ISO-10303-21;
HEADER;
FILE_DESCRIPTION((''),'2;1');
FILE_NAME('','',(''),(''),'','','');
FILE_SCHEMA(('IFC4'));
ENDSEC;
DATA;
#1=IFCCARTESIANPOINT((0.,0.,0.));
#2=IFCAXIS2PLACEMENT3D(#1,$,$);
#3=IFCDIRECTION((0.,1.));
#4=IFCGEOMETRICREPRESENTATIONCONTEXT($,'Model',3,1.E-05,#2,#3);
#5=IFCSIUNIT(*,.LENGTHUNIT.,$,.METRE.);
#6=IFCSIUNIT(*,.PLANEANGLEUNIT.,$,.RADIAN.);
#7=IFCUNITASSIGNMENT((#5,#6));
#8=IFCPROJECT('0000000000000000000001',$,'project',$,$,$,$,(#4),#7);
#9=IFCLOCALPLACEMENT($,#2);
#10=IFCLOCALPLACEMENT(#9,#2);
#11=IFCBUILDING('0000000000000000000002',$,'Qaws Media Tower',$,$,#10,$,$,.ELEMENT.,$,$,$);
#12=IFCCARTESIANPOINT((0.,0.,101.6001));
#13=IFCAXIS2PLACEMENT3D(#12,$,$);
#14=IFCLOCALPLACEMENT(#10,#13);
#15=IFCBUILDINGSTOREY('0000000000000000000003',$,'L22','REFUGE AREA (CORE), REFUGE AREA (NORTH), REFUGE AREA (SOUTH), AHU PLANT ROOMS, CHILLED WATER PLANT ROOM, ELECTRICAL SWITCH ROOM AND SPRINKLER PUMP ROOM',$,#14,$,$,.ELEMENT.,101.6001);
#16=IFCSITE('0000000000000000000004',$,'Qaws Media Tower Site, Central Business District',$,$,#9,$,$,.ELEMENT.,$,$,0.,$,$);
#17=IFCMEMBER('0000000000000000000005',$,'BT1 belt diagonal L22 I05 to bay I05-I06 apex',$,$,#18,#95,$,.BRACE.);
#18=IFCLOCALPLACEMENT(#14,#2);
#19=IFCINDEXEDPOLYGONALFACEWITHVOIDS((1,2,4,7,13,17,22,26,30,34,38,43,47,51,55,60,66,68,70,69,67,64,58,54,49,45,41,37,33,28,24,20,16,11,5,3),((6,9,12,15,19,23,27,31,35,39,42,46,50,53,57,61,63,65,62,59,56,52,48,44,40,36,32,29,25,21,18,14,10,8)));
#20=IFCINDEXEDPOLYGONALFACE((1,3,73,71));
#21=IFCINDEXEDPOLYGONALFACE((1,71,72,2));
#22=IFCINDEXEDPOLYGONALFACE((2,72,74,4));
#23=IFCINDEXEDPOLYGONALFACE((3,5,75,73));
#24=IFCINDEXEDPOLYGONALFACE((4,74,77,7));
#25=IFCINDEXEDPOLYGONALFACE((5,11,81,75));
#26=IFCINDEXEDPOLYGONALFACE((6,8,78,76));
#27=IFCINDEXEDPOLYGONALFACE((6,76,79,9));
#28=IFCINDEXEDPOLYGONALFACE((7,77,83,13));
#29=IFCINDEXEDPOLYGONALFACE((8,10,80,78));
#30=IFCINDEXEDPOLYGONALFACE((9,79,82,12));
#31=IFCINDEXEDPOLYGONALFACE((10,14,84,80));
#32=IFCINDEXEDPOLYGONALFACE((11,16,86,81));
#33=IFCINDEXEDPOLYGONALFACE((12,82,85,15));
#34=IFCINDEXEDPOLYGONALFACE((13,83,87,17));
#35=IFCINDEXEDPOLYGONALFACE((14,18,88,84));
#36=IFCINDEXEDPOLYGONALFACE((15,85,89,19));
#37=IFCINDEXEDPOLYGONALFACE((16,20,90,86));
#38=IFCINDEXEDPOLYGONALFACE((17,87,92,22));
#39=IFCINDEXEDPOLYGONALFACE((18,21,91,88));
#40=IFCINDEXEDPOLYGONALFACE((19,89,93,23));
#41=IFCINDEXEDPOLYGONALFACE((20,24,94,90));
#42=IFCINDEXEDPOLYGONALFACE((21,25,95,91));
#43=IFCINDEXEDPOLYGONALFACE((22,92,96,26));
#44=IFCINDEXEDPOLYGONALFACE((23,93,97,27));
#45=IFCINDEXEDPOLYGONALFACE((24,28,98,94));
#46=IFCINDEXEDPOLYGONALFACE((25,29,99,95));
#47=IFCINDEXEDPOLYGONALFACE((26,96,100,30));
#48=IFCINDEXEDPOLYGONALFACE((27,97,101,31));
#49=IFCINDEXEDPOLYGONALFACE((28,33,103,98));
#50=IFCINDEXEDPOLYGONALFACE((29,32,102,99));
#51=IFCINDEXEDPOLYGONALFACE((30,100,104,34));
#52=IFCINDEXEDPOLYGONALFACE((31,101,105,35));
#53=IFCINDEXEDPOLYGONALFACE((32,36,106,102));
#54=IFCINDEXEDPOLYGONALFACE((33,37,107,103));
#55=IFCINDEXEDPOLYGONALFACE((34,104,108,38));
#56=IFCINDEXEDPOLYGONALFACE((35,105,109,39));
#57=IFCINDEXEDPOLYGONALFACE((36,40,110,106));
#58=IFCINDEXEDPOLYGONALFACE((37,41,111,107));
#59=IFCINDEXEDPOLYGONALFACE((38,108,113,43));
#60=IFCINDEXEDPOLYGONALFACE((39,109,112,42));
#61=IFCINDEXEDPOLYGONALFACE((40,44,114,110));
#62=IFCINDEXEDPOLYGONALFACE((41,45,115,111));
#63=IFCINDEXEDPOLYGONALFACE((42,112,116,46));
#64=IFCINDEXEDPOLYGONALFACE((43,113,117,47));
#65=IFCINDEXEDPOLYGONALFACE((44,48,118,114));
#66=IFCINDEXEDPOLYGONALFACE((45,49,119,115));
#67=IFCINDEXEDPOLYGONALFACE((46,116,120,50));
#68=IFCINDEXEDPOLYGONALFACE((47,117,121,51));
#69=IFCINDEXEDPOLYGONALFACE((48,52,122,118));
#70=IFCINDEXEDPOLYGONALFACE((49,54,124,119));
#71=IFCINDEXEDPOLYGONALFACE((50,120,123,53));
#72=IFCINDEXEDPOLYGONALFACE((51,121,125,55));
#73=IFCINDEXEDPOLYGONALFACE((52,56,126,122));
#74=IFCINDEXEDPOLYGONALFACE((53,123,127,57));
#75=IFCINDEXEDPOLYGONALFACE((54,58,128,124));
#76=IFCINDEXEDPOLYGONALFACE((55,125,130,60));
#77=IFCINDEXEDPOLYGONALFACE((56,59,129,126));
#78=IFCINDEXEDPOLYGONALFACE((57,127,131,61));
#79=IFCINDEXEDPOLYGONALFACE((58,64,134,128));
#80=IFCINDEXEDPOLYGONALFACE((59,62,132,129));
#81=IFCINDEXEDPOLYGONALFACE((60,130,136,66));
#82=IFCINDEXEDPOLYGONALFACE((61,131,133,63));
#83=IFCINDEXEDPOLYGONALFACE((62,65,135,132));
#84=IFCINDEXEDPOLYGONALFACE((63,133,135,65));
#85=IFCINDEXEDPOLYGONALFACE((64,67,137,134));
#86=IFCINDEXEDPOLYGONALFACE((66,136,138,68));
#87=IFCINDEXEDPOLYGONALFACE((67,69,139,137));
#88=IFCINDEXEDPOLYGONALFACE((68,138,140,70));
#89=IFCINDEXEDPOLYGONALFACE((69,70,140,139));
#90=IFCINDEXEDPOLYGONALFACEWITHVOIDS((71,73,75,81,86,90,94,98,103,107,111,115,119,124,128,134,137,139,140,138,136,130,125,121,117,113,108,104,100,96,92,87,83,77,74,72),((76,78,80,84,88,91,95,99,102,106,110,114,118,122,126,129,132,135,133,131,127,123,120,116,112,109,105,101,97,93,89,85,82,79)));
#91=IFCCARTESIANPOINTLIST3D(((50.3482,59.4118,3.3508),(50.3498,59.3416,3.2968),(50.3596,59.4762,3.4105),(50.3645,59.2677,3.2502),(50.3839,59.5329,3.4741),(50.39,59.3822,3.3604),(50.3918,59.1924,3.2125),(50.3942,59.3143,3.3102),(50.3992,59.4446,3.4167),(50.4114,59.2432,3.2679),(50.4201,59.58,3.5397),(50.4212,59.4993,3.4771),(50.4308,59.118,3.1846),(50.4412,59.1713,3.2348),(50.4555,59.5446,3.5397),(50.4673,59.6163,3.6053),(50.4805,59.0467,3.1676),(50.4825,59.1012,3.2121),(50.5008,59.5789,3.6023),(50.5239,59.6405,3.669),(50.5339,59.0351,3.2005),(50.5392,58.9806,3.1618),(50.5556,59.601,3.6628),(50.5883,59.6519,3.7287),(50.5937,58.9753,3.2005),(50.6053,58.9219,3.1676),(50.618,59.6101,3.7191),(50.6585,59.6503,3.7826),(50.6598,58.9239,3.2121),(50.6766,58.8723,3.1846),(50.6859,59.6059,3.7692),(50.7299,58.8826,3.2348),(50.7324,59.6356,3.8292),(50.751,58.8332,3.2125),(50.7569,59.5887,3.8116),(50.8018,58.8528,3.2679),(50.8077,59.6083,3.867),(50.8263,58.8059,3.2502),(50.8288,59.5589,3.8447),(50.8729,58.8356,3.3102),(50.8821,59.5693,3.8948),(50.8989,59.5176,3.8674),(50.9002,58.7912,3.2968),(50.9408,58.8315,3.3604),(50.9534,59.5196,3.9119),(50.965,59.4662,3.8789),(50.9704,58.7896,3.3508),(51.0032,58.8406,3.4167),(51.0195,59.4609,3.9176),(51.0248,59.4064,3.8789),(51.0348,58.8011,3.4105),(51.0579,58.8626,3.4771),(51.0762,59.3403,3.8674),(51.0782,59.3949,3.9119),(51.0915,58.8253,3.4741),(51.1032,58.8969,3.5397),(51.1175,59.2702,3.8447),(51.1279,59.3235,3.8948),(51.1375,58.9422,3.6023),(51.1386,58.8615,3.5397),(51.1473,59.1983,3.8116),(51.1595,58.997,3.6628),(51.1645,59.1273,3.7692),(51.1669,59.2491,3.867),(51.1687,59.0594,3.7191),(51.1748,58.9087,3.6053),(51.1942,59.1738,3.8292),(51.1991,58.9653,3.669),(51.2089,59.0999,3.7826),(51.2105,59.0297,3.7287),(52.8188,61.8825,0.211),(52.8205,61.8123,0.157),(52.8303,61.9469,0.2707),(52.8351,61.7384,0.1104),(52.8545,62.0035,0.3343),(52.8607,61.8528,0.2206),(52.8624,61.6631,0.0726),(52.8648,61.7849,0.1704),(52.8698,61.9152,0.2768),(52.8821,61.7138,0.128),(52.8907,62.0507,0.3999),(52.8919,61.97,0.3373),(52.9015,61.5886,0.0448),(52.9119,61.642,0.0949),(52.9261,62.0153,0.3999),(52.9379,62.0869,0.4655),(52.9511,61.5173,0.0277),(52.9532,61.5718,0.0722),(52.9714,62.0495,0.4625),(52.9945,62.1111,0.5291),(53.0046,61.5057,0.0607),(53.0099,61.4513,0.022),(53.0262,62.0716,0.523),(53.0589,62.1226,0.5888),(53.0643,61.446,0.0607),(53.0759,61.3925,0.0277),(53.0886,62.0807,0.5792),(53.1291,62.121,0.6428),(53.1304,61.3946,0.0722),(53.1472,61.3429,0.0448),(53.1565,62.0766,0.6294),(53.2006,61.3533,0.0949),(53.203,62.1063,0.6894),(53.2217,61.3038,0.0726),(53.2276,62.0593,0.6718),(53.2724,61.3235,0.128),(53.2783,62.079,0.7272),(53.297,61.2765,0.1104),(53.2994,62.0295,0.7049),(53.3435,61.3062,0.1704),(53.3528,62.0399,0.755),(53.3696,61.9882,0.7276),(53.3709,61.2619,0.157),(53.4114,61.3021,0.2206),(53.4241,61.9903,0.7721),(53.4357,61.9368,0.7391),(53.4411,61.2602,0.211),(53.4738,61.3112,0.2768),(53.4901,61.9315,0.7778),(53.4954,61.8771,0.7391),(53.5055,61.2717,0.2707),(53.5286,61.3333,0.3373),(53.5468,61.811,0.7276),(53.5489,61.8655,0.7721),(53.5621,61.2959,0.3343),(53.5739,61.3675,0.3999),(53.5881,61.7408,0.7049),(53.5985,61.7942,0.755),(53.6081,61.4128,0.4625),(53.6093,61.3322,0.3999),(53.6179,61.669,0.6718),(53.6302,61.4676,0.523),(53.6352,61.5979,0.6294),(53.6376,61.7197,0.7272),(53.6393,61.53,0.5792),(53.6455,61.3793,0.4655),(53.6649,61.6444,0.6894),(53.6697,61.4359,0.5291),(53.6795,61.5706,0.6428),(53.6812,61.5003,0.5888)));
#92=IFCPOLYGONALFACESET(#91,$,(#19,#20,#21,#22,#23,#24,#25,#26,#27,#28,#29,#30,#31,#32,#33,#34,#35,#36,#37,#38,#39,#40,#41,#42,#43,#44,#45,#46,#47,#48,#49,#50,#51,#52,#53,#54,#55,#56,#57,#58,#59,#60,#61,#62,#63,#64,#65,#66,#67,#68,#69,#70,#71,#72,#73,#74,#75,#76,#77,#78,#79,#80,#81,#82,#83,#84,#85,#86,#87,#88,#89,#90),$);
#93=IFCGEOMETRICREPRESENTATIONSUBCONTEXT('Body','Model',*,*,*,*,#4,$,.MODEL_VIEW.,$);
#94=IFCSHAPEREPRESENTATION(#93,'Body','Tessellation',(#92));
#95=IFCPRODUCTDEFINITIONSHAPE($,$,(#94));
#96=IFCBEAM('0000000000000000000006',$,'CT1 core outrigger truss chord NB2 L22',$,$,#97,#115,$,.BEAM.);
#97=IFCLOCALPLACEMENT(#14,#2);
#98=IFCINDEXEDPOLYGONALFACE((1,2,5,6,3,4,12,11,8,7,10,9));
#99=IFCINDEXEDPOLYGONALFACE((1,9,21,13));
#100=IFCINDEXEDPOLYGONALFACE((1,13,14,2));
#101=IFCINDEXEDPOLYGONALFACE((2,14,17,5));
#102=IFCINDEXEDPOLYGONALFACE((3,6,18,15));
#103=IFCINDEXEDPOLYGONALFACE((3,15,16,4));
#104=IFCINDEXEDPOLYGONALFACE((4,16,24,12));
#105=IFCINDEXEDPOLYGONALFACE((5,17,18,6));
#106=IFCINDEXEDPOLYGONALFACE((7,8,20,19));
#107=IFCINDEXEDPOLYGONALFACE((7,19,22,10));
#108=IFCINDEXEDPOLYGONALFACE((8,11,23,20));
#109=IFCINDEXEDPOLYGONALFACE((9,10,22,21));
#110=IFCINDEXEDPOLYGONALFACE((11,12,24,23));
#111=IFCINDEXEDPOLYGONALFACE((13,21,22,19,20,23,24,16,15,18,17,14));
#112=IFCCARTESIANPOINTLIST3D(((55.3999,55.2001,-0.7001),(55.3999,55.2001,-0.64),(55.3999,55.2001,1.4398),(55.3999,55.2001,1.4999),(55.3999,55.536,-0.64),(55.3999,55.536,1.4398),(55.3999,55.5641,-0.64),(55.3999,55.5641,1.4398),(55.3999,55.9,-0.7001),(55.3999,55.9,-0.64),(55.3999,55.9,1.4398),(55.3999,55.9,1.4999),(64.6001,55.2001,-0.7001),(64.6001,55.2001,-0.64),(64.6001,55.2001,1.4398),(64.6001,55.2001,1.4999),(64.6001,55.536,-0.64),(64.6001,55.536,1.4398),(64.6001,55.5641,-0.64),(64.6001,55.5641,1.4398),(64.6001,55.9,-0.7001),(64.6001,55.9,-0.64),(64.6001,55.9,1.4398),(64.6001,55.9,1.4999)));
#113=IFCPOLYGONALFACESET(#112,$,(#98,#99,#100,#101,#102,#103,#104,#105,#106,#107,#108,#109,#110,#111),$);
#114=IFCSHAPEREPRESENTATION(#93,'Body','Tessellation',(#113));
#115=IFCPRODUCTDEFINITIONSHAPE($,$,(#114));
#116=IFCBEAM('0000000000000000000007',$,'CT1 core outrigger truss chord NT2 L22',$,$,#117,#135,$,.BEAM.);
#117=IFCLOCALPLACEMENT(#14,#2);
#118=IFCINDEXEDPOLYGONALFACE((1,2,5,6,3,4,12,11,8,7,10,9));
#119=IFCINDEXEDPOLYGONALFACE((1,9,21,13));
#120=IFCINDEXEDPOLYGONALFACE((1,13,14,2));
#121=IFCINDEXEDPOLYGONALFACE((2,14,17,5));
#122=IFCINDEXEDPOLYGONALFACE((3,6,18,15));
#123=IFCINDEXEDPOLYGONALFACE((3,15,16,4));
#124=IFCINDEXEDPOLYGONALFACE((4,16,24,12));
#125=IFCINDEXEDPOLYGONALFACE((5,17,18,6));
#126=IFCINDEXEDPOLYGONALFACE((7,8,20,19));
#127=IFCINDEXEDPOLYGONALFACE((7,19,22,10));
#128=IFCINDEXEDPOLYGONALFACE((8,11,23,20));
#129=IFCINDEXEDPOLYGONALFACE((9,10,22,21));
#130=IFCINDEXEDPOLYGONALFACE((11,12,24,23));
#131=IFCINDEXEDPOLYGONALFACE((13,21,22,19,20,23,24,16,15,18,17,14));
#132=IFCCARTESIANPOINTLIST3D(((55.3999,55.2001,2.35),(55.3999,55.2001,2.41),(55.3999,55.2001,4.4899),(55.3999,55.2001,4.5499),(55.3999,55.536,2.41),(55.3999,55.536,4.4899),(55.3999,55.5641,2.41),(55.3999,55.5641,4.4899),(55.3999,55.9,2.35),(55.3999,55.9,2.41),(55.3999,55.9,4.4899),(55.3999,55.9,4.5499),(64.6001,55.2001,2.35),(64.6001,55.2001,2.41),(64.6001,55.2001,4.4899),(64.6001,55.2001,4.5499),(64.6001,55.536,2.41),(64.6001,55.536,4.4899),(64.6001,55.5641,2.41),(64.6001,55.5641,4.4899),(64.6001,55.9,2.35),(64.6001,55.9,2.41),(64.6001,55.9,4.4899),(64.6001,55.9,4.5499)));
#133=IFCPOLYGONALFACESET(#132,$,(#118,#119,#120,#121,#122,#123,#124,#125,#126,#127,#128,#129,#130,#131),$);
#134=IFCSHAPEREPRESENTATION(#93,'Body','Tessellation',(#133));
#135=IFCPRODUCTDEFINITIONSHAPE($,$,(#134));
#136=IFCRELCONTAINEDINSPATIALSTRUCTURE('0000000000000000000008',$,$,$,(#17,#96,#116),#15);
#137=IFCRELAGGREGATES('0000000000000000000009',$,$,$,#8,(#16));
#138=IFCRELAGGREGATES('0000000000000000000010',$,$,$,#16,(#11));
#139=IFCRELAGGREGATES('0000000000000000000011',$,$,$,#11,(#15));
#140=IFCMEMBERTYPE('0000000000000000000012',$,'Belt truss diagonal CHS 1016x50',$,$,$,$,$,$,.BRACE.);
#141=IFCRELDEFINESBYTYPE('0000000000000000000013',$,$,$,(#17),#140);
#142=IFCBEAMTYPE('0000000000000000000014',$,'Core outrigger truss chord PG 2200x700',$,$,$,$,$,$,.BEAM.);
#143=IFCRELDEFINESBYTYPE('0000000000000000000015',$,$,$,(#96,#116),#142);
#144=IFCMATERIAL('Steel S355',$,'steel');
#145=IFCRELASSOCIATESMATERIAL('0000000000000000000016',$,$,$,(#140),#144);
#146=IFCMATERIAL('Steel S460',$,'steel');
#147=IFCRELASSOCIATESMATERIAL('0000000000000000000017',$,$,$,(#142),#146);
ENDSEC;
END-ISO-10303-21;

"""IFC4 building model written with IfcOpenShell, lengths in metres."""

from ifc_helpers import new_model, si_unit, direction, frame, origin, origin_2d, place, context, subcontext, project, spatial, hollow_circle, i_section, extrude, material, material_profile, profile_set, type_object, element, save


model = new_model("IFC4")

# Units and contexts
model_context = context("Model", 3, precision=1e-05, world=origin(), true_north=direction((0.0, 1.0)))
body_context = subcontext(model_context, "Body", "Model", "MODEL_VIEW")
ifc_project = project(units=[si_unit("LENGTHUNIT", "METRE"), si_unit("PLANEANGLEUNIT", "RADIAN")], contexts=[model_context])

# Site, building, storey
site_placement = place(None, origin())
site = spatial("IfcSite", under=ifc_project, at=site_placement, Name="Qaws Media Tower Site, Central Business District", CompositionType="ELEMENT", RefElevation=0.0)
building_placement = place(site_placement, origin())
building = spatial("IfcBuilding", under=site, at=building_placement, Name="Qaws Media Tower", CompositionType="ELEMENT")
storey_placement = place(building_placement, frame((0.0, 0.0, 101.6001)))
storey = spatial("IfcBuildingStorey", under=building, at=storey_placement, Name="L22", Description="REFUGE AREA (CORE), REFUGE AREA (NORTH), REFUGE AREA (SOUTH), AHU PLANT ROOMS, CHILLED WATER PLANT ROOM, ELECTRICAL SWITCH ROOM AND SPRINKLER PUMP ROOM", CompositionType="ELEMENT", Elevation=101.6001)

# Member
ifc_material_1 = material(Name="Steel S355", Category="steel")
ifc_material_profile_1 = material_profile(ifc_material_1, hollow_circle(Radius=0.5081, WallThickness=0.05, at=origin_2d()), Name="CHS 1016x50")
ifc_profile_set_1 = profile_set([ifc_material_profile_1], Name="Steel S355")
member_type_1 = type_object("IfcMemberType", Name="Belt truss diagonal CHS 1016x50", PredefinedType="BRACE", material=ifc_profile_set_1)
for number, where, z_axis, x_axis, name in (
    (1, (53.25, 61.6914, 0.3999), (-0.525947, -0.525947, 0.6684), (0.707107, -0.707107, 0.0), "BT1 belt diagonal L22 I05 to bay I05-I06 apex"),
):
    element("IfcMember", number, at=place(storey_placement, frame(where, z_axis=z_axis, x_axis=x_axis)), inside=storey, type_object=member_type_1, Name=name, PredefinedType="BRACE", context=body_context, shape_type="SweptSolid", body=[
        extrude(hollow_circle(Radius=0.5081, WallThickness=0.05, at=origin_2d()), origin(), (0.0, 0.0, 1.0), 4.6975),
    ])

# Beams
ifc_material_2 = material(Name="Steel S460", Category="steel")
ifc_material_profile_2 = material_profile(ifc_material_2, i_section(OverallWidth=0.7, OverallDepth=2.2, WebThickness=0.0281, FlangeThickness=0.0601, at=origin_2d()), Name="PG 2200x700")
ifc_profile_set_2 = profile_set([ifc_material_profile_2], Name="Steel S460")
beam_type_1 = type_object("IfcBeamType", Name="Core outrigger truss chord PG 2200x700", PredefinedType="BEAM", material=ifc_profile_set_2)
for number, where, z_axis, x_axis, name in (
    (2, (55.3999, 55.55, 0.3999), (1.0, 0.0, 0.0), (0.0, 1.0, 0.0), "CT1 core outrigger truss chord NB2 L22"),
    (3, (55.3999, 55.55, 3.45), (1.0, 0.0, 0.0), (0.0, 1.0, 0.0), "CT1 core outrigger truss chord NT2 L22"),
):
    element("IfcBeam", number, at=place(storey_placement, frame(where, z_axis=z_axis, x_axis=x_axis)), inside=storey, type_object=beam_type_1, Name=name, PredefinedType="BEAM", context=body_context, shape_type="SweptSolid", body=[
        extrude(i_section(OverallWidth=0.7, OverallDepth=2.2, WebThickness=0.0281, FlangeThickness=0.0601, at=origin_2d()), origin(), (0.0, 0.0, 1.0), 9.2002),
    ])

save(model, "model.ifc")
